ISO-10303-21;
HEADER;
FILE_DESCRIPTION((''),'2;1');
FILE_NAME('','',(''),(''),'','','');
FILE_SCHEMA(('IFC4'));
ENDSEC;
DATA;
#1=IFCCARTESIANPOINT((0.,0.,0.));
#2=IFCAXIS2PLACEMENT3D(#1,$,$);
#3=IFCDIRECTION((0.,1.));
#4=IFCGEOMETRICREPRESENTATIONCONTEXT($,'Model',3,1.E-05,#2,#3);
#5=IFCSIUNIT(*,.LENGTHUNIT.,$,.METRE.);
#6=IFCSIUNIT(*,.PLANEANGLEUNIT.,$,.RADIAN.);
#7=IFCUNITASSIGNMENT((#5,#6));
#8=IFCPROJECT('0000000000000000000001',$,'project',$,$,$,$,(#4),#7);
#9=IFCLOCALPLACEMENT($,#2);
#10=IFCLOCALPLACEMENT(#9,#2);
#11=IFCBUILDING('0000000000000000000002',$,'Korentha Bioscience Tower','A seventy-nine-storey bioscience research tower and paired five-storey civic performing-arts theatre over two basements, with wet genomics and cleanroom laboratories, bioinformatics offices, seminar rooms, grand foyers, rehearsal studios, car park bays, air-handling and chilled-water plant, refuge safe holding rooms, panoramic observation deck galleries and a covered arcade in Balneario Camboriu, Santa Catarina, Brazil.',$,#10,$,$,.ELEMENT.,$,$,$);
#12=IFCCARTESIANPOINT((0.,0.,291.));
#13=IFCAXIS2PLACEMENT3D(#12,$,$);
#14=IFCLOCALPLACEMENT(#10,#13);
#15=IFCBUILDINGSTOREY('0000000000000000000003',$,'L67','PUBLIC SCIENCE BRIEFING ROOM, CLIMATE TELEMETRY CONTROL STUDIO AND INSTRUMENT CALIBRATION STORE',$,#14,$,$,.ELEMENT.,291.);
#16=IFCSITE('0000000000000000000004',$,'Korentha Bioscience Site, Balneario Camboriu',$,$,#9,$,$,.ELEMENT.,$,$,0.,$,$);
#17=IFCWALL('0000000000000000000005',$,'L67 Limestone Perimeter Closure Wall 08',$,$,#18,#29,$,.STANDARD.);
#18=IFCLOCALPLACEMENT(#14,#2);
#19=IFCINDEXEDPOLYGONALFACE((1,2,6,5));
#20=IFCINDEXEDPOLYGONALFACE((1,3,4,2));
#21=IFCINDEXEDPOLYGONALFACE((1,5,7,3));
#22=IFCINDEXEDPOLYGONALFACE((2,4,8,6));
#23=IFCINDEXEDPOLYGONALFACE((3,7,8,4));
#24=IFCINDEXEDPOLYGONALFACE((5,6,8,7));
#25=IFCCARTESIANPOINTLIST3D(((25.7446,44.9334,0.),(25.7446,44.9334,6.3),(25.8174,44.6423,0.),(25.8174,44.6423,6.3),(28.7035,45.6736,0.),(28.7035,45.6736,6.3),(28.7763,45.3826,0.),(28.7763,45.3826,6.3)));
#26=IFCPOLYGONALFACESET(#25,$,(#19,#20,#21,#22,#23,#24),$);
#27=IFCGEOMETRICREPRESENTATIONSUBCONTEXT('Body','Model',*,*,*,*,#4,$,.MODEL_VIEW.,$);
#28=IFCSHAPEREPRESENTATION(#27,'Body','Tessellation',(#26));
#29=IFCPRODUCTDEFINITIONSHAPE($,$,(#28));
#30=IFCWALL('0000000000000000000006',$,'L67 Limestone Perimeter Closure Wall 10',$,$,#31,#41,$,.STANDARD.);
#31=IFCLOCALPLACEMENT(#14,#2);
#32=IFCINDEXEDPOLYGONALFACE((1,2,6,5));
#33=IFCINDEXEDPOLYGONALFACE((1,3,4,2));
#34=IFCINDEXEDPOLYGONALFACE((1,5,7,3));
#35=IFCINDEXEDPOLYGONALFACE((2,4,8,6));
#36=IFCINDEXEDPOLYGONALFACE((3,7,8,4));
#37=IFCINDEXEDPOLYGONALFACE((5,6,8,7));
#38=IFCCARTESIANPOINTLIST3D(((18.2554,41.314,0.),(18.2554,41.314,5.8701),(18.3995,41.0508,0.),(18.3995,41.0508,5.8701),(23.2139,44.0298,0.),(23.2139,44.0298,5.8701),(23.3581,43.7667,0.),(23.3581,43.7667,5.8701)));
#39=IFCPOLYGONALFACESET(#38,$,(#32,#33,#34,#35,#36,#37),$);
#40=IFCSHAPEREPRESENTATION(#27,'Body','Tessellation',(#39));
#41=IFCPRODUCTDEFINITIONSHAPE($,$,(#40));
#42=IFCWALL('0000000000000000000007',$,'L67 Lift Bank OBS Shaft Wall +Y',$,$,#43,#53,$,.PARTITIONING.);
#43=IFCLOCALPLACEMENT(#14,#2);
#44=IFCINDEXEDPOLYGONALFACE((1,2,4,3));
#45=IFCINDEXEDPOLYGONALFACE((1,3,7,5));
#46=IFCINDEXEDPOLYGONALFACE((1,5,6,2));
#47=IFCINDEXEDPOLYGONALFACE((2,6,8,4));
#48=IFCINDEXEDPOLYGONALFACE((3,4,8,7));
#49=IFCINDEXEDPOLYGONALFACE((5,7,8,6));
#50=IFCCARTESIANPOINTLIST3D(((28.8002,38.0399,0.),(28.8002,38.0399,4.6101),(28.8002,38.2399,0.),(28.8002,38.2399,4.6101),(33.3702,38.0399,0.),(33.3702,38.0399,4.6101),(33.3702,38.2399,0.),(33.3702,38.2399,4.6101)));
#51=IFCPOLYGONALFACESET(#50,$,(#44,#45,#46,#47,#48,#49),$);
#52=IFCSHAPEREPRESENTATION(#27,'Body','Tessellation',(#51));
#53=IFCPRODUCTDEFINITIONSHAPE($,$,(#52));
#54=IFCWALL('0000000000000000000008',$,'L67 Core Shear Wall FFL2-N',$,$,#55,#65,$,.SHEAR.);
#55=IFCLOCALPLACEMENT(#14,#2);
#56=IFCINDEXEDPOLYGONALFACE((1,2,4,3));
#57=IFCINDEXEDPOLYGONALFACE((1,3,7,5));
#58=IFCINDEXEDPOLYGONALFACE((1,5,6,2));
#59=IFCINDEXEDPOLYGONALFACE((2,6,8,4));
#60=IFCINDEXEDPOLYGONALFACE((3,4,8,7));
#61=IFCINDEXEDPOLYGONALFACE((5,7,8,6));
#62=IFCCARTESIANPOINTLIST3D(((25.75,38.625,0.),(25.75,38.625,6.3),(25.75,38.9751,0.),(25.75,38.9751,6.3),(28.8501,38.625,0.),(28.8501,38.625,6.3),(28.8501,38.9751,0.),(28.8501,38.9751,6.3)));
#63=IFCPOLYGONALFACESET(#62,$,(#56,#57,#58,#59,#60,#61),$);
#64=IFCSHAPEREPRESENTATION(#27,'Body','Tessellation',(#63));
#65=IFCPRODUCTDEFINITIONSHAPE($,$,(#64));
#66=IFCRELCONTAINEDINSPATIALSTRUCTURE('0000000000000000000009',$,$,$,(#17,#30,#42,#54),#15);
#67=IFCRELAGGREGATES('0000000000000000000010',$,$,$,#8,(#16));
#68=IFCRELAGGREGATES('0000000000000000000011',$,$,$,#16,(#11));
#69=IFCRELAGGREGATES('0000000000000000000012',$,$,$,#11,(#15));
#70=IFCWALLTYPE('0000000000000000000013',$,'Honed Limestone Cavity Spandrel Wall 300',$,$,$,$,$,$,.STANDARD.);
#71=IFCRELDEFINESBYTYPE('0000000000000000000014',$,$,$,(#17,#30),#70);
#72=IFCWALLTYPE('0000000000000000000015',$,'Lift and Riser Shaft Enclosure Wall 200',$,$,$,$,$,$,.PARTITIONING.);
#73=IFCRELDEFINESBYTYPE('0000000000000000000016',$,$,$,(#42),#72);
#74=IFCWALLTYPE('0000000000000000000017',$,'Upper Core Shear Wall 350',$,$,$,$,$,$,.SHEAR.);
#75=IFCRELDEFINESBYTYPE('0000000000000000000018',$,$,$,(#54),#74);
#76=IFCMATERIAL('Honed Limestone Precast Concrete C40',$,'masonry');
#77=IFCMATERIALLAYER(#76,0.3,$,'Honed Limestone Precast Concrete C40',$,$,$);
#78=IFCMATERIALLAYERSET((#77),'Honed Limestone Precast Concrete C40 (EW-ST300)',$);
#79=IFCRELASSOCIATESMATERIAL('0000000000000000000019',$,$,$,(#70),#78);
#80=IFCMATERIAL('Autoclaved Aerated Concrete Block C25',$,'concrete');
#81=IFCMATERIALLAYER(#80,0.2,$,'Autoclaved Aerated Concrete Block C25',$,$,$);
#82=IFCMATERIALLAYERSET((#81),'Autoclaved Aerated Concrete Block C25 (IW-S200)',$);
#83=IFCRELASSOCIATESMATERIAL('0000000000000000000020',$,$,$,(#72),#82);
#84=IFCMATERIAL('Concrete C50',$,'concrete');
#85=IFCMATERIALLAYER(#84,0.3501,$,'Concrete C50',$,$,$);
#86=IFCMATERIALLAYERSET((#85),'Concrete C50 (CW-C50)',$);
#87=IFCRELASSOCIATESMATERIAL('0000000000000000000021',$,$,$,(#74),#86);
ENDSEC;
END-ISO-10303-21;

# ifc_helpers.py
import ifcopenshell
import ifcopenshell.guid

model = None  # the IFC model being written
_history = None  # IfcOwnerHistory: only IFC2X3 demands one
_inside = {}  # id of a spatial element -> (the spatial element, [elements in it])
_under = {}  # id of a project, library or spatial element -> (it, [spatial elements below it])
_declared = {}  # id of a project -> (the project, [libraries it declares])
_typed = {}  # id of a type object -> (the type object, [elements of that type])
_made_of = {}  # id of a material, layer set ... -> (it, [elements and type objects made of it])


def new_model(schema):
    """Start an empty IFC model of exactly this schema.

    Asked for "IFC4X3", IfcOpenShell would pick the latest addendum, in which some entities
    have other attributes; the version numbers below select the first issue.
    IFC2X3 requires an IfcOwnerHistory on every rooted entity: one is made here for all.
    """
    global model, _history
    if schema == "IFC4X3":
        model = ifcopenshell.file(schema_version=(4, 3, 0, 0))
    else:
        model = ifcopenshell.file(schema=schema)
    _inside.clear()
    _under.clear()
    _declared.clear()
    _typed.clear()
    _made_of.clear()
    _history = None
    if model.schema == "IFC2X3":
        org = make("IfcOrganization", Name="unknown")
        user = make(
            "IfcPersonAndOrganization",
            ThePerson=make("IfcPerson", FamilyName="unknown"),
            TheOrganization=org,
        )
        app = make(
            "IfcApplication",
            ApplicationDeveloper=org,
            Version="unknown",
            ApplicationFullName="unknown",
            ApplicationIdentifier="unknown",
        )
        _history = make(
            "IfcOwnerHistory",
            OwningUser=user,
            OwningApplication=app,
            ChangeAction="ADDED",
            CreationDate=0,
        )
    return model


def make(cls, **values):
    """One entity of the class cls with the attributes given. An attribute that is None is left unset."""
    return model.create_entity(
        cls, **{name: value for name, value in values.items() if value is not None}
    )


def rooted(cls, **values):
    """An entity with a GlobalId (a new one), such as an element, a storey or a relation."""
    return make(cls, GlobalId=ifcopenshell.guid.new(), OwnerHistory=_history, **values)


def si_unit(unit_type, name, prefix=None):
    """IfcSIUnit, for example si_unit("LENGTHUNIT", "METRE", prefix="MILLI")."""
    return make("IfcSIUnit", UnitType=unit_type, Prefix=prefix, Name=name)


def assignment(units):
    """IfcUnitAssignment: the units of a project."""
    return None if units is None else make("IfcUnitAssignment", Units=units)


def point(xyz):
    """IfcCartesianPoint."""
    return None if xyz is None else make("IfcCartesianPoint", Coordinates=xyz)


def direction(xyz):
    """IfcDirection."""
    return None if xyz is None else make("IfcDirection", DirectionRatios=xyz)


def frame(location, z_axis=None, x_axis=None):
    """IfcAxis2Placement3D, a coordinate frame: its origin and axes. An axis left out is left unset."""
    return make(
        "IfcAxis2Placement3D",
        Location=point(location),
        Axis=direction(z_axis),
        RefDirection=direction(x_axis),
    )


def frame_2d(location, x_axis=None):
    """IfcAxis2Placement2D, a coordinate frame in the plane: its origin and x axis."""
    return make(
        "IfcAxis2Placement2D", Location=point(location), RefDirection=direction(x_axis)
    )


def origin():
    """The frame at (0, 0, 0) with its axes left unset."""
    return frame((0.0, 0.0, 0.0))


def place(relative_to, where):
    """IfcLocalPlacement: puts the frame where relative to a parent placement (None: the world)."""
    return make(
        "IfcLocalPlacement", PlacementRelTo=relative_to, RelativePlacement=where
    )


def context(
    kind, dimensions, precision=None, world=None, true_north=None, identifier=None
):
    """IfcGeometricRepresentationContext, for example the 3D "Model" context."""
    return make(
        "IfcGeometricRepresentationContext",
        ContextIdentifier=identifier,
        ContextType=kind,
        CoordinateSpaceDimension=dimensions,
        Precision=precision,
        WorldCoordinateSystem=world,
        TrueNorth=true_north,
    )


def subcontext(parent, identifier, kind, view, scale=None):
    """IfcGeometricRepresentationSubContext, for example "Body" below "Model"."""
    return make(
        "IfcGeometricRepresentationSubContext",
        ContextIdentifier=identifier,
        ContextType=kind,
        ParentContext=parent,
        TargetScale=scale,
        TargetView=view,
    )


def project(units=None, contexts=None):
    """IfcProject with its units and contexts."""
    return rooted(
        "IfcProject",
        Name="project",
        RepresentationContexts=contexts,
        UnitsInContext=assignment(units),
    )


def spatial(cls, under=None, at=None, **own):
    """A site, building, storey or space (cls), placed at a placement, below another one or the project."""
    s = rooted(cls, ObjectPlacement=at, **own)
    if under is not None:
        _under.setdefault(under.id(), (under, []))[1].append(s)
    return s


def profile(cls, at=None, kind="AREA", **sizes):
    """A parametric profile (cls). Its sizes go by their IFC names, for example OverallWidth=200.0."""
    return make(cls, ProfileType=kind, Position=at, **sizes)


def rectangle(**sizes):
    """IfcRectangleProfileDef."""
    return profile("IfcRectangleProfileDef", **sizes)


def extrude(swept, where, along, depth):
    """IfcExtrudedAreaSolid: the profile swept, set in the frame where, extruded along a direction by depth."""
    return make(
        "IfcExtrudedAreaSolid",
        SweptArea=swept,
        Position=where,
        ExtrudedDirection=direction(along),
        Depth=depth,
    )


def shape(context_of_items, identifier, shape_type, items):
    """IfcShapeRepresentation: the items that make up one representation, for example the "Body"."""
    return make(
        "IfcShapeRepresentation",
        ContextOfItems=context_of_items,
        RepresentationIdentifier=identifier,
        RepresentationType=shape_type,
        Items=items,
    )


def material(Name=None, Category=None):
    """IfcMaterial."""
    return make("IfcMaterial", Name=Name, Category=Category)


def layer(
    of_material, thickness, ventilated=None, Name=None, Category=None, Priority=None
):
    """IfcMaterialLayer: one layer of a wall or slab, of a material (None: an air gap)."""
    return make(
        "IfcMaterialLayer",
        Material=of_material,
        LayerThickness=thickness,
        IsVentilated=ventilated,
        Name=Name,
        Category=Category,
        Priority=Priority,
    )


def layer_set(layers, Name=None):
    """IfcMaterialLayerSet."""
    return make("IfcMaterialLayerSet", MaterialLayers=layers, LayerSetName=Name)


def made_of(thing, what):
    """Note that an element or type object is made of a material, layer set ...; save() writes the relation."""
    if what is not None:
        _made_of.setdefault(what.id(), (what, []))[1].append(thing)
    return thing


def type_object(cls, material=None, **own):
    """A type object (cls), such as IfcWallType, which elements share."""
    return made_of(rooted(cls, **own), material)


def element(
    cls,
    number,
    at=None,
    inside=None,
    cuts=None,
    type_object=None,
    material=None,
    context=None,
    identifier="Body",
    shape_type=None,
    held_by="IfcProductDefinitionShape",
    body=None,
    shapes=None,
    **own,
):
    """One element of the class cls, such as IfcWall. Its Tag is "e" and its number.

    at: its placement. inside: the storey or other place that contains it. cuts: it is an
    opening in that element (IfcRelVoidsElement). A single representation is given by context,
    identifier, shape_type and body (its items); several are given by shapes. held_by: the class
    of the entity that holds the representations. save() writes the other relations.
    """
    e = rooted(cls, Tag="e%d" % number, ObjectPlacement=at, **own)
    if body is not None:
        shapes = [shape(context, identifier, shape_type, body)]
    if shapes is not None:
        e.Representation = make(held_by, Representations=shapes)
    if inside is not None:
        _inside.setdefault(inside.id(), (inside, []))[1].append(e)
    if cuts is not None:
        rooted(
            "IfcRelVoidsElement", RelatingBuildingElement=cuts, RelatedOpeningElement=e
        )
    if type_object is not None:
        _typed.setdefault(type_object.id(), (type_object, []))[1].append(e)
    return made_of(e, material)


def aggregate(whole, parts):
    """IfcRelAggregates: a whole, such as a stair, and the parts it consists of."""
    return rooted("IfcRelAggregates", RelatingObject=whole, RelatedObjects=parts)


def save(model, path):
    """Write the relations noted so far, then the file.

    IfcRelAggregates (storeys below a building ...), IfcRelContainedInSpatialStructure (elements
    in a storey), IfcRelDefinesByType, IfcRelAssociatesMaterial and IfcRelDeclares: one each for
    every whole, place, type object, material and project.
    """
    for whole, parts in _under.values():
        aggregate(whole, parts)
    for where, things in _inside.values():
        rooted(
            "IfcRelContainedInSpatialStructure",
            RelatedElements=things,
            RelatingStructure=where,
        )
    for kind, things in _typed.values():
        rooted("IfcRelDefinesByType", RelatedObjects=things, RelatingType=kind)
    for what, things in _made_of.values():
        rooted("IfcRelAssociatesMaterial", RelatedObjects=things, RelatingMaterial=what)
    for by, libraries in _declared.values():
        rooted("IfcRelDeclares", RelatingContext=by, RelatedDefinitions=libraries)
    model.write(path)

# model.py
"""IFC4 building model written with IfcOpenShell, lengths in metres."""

from ifc_helpers import new_model, si_unit, direction, frame, frame_2d, origin, place, context, subcontext, project, spatial, rectangle, extrude, material, layer, layer_set, type_object, element, save


model = new_model("IFC4")

# Units and contexts
model_context = context("Model", 3, precision=1e-05, world=origin(), true_north=direction((0.0, 1.0)))
body_context = subcontext(model_context, "Body", "Model", "MODEL_VIEW")
ifc_project = project(units=[si_unit("LENGTHUNIT", "METRE"), si_unit("PLANEANGLEUNIT", "RADIAN")], contexts=[model_context])

# Site, building, storey
site_placement = place(None, origin())
site = spatial("IfcSite", under=ifc_project, at=site_placement, Name="Korentha Bioscience Site, Balneario Camboriu", CompositionType="ELEMENT", RefElevation=0.0)
building_placement = place(site_placement, origin())
building = spatial("IfcBuilding", under=site, at=building_placement, Name="Korentha Bioscience Tower", Description="A seventy-nine-storey bioscience research tower and paired five-storey civic performing-arts theatre over two basements, with wet genomics and cleanroom laboratories, bioinformatics offices, seminar rooms, grand foyers, rehearsal studios, car park bays, air-handling and chilled-water plant, refuge safe holding rooms, panoramic observation deck galleries and a covered arcade in Balneario Camboriu, Santa Catarina, Brazil.", CompositionType="ELEMENT")
storey_placement = place(building_placement, frame((0.0, 0.0, 291.0)))
storey = spatial("IfcBuildingStorey", under=building, at=storey_placement, Name="L67", Description="PUBLIC SCIENCE BRIEFING ROOM, CLIMATE TELEMETRY CONTROL STUDIO AND INSTRUMENT CALIBRATION STORE", CompositionType="ELEMENT", Elevation=291.0)

# Shared definitions
ifc_material_1 = material(Name="Concrete C50", Category="concrete")

# Shared definitions
ifc_material_2 = material(Name="Honed Limestone Precast Concrete C40", Category="masonry")
ifc_layer_1 = layer(ifc_material_2, 0.3, Name="Honed Limestone Precast Concrete C40")
ifc_layer_set_1 = layer_set([ifc_layer_1], Name="Honed Limestone Precast Concrete C40 (EW-ST300)")
wall_type_1 = type_object("IfcWallType", Name="Honed Limestone Cavity Spandrel Wall 300", PredefinedType="STANDARD", material=ifc_layer_set_1)

# Walls
wall_1_placement = place(storey_placement, frame((28.7397, 45.5281, 0.0), z_axis=(0.0, 0.0, 1.0), x_axis=(-0.9701, -0.242705, 0.0)))
element("IfcWall", 1, at=wall_1_placement, inside=storey, type_object=wall_type_1, Name="L67 Limestone Perimeter Closure Wall 08", PredefinedType="STANDARD", context=body_context, shape_type="SweptSolid", body=[
    extrude(rectangle(XDim=3.05, YDim=0.3, at=frame_2d((1.5249, 0.0))), origin(), (0.0, 0.0, 1.0), 6.3),
])
wall_2_placement = place(storey_placement, frame((23.2859, 43.8982, 0.0), z_axis=(0.0, 0.0, 1.0), x_axis=(-0.877062, -0.480376, 0.0)))
element("IfcWall", 2, at=wall_2_placement, inside=storey, type_object=wall_type_1, Name="L67 Limestone Perimeter Closure Wall 10", PredefinedType="STANDARD", context=body_context, shape_type="SweptSolid", body=[
    extrude(rectangle(XDim=5.6536, YDim=0.3, at=frame_2d((2.8267, 0.0))), origin(), (0.0, 0.0, 1.0), 5.8701),
])
ifc_material_3 = material(Name="Autoclaved Aerated Concrete Block C25", Category="concrete")
ifc_layer_2 = layer(ifc_material_3, 0.2, Name="Autoclaved Aerated Concrete Block C25")
ifc_layer_set_2 = layer_set([ifc_layer_2], Name="Autoclaved Aerated Concrete Block C25 (IW-S200)")
wall_type_2 = type_object("IfcWallType", Name="Lift and Riser Shaft Enclosure Wall 200", PredefinedType="PARTITIONING", material=ifc_layer_set_2)
wall_3_placement = place(storey_placement, frame((28.8, 38.1399, 0.0), z_axis=(0.0, 0.0, 1.0), x_axis=(1.0, 0.0, 0.0)))
element("IfcWall", 3, at=wall_3_placement, inside=storey, type_object=wall_type_2, Name="L67 Lift Bank OBS Shaft Wall +Y", PredefinedType="PARTITIONING", context=body_context, shape_type="SweptSolid", body=[
    extrude(rectangle(XDim=4.5701, YDim=0.2, at=frame_2d((2.2852, 0.0))), origin(), (0.0, 0.0, 1.0), 4.6101),
])
ifc_layer_3 = layer(ifc_material_1, 0.3501, Name="Concrete C50")
ifc_layer_set_3 = layer_set([ifc_layer_3], Name="Concrete C50 (CW-C50)")
wall_type_3 = type_object("IfcWallType", Name="Upper Core Shear Wall 350", PredefinedType="SHEAR", material=ifc_layer_set_3)
wall_4_placement = place(storey_placement, frame((25.75, 38.8, 0.0), z_axis=(0.0, 0.0, 1.0), x_axis=(1.0, 0.0, 0.0)))
element("IfcWall", 4, at=wall_4_placement, inside=storey, type_object=wall_type_3, Name="L67 Core Shear Wall FFL2-N", PredefinedType="SHEAR", context=body_context, shape_type="SweptSolid", body=[
    extrude(rectangle(XDim=3.1001, YDim=0.3501, at=frame_2d((1.55, 0.0))), origin(), (0.0, 0.0, 1.0), 6.3),
])

save(model, "model.ifc")
